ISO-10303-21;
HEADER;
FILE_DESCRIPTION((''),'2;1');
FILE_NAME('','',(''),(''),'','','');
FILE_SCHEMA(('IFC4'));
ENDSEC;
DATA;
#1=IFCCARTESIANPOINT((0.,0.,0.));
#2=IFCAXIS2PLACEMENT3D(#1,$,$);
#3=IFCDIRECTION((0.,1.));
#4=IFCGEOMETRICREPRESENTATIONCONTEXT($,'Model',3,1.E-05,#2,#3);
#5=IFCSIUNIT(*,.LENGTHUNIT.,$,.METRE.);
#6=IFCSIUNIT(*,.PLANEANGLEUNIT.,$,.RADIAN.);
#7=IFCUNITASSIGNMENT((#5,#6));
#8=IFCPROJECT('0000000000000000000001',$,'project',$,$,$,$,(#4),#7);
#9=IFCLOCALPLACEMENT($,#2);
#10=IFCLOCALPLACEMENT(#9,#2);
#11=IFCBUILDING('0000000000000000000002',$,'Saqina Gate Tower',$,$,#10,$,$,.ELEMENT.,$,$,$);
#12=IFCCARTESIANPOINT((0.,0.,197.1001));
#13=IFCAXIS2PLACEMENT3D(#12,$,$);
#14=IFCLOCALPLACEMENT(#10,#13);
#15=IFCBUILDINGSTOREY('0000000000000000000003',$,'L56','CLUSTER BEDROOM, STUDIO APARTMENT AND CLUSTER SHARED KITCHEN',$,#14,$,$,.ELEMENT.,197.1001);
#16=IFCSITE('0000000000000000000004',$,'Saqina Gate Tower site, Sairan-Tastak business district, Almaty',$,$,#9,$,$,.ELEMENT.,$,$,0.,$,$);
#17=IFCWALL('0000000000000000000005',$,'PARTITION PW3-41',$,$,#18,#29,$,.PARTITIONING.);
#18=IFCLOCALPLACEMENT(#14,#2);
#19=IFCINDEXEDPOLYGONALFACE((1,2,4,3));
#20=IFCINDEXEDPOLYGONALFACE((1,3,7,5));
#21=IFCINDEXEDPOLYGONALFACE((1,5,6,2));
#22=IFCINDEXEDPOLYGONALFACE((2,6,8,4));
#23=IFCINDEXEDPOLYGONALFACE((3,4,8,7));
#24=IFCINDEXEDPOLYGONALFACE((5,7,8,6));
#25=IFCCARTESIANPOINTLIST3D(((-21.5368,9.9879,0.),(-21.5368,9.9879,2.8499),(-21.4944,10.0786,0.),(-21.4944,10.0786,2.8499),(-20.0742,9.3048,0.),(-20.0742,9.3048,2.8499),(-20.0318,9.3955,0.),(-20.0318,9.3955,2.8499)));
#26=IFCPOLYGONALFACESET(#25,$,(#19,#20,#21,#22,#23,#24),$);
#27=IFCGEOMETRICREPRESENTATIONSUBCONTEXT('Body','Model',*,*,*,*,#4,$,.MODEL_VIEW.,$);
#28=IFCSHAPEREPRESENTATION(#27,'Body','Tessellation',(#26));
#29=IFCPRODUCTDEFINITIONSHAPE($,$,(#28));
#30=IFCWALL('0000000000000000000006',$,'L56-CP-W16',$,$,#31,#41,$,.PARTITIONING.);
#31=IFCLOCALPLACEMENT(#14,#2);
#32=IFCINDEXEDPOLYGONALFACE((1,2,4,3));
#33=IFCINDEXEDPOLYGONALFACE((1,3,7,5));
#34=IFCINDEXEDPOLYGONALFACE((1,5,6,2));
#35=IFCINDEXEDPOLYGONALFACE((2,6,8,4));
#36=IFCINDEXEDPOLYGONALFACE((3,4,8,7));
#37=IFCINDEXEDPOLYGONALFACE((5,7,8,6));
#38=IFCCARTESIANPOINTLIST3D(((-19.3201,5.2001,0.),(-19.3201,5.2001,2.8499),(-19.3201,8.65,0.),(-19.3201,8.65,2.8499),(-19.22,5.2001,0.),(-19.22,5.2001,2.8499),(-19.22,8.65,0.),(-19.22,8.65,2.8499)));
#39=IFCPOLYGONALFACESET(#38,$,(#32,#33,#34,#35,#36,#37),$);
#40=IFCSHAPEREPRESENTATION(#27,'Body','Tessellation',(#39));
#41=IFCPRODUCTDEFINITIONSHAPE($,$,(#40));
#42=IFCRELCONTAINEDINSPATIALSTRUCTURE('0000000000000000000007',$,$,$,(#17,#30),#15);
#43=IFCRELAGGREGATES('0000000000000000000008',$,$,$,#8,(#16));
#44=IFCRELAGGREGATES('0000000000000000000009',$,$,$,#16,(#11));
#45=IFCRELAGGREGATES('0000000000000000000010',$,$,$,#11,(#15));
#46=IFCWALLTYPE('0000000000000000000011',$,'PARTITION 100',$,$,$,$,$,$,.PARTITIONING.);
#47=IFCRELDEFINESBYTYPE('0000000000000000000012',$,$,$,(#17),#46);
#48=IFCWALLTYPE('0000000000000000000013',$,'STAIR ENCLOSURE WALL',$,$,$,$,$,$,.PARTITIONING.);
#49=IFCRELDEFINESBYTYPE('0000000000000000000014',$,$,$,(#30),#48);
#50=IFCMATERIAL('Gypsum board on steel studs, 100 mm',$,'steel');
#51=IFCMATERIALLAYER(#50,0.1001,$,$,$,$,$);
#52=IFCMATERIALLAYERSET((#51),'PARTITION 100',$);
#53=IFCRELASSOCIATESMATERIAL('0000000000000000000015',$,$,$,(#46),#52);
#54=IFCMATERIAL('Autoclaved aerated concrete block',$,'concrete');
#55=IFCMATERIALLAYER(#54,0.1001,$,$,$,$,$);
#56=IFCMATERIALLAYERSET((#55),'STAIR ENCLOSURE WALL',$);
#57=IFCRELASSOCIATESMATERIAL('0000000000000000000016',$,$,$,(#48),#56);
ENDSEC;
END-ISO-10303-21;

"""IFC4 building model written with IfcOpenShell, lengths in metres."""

from ifc_helpers import new_model, si_unit, direction, frame, frame_2d, origin, place, context, subcontext, project, spatial, rectangle, extrude, material, layer, layer_set, type_object, element, save


model = new_model("IFC4")

# Units and contexts
model_context = context("Model", 3, precision=1e-05, world=origin(), true_north=direction((0.0, 1.0)))
body_context = subcontext(model_context, "Body", "Model", "MODEL_VIEW")
ifc_project = project(units=[si_unit("LENGTHUNIT", "METRE"), si_unit("PLANEANGLEUNIT", "RADIAN")], contexts=[model_context])

# Site, building, storey
site_placement = place(None, origin())
site = spatial("IfcSite", under=ifc_project, at=site_placement, Name="Saqina Gate Tower site, Sairan-Tastak business district, Almaty", CompositionType="ELEMENT", RefElevation=0.0)
building_placement = place(site_placement, origin())
building = spatial("IfcBuilding", under=site, at=building_placement, Name="Saqina Gate Tower", CompositionType="ELEMENT")
storey_placement = place(building_placement, frame((0.0, 0.0, 197.1001)))
storey = spatial("IfcBuildingStorey", under=building, at=storey_placement, Name="L56", Description="CLUSTER BEDROOM, STUDIO APARTMENT AND CLUSTER SHARED KITCHEN", CompositionType="ELEMENT", Elevation=197.1001)

# Walls
ifc_material_1 = material(Name="Gypsum board on steel studs, 100 mm", Category="steel")
ifc_layer_1 = layer(ifc_material_1, 0.1001)
ifc_layer_set_1 = layer_set([ifc_layer_1], Name="PARTITION 100")
wall_type_1 = type_object("IfcWallType", Name="PARTITION 100", PredefinedType="PARTITIONING", material=ifc_layer_set_1)
wall_1_placement = place(storey_placement, frame((-21.5156, 10.0332, 0.0), z_axis=(0.0, 0.0, 1.0), x_axis=(0.906056, -0.423159, 0.0)))
element("IfcWall", 1, at=wall_1_placement, inside=storey, type_object=wall_type_1, Name="PARTITION PW3-41", PredefinedType="PARTITIONING", context=body_context, shape_type="SweptSolid", body=[
    extrude(rectangle(XDim=1.6143, YDim=0.1001, at=frame_2d((0.8071, 0.0))), origin(), (0.0, 0.0, 1.0), 2.8499),
])
ifc_material_2 = material(Name="Autoclaved aerated concrete block", Category="concrete")
ifc_layer_2 = layer(ifc_material_2, 0.1001)
ifc_layer_set_2 = layer_set([ifc_layer_2], Name="STAIR ENCLOSURE WALL")
wall_type_2 = type_object("IfcWallType", Name="STAIR ENCLOSURE WALL", PredefinedType="PARTITIONING", material=ifc_layer_set_2)
wall_2_placement = place(storey_placement, frame((-19.27, 5.2, 0.0), z_axis=(0.0, 0.0, 1.0), x_axis=(0.0, 1.0, 0.0)))
element("IfcWall", 2, at=wall_2_placement, inside=storey, type_object=wall_type_2, Name="L56-CP-W16", PredefinedType="PARTITIONING", context=body_context, shape_type="SweptSolid", body=[
    extrude(rectangle(XDim=3.45, YDim=0.1001, at=frame_2d((1.7251, 0.0))), origin(), (0.0, 0.0, 1.0), 2.8499),
])

save(model, "model.ifc")
